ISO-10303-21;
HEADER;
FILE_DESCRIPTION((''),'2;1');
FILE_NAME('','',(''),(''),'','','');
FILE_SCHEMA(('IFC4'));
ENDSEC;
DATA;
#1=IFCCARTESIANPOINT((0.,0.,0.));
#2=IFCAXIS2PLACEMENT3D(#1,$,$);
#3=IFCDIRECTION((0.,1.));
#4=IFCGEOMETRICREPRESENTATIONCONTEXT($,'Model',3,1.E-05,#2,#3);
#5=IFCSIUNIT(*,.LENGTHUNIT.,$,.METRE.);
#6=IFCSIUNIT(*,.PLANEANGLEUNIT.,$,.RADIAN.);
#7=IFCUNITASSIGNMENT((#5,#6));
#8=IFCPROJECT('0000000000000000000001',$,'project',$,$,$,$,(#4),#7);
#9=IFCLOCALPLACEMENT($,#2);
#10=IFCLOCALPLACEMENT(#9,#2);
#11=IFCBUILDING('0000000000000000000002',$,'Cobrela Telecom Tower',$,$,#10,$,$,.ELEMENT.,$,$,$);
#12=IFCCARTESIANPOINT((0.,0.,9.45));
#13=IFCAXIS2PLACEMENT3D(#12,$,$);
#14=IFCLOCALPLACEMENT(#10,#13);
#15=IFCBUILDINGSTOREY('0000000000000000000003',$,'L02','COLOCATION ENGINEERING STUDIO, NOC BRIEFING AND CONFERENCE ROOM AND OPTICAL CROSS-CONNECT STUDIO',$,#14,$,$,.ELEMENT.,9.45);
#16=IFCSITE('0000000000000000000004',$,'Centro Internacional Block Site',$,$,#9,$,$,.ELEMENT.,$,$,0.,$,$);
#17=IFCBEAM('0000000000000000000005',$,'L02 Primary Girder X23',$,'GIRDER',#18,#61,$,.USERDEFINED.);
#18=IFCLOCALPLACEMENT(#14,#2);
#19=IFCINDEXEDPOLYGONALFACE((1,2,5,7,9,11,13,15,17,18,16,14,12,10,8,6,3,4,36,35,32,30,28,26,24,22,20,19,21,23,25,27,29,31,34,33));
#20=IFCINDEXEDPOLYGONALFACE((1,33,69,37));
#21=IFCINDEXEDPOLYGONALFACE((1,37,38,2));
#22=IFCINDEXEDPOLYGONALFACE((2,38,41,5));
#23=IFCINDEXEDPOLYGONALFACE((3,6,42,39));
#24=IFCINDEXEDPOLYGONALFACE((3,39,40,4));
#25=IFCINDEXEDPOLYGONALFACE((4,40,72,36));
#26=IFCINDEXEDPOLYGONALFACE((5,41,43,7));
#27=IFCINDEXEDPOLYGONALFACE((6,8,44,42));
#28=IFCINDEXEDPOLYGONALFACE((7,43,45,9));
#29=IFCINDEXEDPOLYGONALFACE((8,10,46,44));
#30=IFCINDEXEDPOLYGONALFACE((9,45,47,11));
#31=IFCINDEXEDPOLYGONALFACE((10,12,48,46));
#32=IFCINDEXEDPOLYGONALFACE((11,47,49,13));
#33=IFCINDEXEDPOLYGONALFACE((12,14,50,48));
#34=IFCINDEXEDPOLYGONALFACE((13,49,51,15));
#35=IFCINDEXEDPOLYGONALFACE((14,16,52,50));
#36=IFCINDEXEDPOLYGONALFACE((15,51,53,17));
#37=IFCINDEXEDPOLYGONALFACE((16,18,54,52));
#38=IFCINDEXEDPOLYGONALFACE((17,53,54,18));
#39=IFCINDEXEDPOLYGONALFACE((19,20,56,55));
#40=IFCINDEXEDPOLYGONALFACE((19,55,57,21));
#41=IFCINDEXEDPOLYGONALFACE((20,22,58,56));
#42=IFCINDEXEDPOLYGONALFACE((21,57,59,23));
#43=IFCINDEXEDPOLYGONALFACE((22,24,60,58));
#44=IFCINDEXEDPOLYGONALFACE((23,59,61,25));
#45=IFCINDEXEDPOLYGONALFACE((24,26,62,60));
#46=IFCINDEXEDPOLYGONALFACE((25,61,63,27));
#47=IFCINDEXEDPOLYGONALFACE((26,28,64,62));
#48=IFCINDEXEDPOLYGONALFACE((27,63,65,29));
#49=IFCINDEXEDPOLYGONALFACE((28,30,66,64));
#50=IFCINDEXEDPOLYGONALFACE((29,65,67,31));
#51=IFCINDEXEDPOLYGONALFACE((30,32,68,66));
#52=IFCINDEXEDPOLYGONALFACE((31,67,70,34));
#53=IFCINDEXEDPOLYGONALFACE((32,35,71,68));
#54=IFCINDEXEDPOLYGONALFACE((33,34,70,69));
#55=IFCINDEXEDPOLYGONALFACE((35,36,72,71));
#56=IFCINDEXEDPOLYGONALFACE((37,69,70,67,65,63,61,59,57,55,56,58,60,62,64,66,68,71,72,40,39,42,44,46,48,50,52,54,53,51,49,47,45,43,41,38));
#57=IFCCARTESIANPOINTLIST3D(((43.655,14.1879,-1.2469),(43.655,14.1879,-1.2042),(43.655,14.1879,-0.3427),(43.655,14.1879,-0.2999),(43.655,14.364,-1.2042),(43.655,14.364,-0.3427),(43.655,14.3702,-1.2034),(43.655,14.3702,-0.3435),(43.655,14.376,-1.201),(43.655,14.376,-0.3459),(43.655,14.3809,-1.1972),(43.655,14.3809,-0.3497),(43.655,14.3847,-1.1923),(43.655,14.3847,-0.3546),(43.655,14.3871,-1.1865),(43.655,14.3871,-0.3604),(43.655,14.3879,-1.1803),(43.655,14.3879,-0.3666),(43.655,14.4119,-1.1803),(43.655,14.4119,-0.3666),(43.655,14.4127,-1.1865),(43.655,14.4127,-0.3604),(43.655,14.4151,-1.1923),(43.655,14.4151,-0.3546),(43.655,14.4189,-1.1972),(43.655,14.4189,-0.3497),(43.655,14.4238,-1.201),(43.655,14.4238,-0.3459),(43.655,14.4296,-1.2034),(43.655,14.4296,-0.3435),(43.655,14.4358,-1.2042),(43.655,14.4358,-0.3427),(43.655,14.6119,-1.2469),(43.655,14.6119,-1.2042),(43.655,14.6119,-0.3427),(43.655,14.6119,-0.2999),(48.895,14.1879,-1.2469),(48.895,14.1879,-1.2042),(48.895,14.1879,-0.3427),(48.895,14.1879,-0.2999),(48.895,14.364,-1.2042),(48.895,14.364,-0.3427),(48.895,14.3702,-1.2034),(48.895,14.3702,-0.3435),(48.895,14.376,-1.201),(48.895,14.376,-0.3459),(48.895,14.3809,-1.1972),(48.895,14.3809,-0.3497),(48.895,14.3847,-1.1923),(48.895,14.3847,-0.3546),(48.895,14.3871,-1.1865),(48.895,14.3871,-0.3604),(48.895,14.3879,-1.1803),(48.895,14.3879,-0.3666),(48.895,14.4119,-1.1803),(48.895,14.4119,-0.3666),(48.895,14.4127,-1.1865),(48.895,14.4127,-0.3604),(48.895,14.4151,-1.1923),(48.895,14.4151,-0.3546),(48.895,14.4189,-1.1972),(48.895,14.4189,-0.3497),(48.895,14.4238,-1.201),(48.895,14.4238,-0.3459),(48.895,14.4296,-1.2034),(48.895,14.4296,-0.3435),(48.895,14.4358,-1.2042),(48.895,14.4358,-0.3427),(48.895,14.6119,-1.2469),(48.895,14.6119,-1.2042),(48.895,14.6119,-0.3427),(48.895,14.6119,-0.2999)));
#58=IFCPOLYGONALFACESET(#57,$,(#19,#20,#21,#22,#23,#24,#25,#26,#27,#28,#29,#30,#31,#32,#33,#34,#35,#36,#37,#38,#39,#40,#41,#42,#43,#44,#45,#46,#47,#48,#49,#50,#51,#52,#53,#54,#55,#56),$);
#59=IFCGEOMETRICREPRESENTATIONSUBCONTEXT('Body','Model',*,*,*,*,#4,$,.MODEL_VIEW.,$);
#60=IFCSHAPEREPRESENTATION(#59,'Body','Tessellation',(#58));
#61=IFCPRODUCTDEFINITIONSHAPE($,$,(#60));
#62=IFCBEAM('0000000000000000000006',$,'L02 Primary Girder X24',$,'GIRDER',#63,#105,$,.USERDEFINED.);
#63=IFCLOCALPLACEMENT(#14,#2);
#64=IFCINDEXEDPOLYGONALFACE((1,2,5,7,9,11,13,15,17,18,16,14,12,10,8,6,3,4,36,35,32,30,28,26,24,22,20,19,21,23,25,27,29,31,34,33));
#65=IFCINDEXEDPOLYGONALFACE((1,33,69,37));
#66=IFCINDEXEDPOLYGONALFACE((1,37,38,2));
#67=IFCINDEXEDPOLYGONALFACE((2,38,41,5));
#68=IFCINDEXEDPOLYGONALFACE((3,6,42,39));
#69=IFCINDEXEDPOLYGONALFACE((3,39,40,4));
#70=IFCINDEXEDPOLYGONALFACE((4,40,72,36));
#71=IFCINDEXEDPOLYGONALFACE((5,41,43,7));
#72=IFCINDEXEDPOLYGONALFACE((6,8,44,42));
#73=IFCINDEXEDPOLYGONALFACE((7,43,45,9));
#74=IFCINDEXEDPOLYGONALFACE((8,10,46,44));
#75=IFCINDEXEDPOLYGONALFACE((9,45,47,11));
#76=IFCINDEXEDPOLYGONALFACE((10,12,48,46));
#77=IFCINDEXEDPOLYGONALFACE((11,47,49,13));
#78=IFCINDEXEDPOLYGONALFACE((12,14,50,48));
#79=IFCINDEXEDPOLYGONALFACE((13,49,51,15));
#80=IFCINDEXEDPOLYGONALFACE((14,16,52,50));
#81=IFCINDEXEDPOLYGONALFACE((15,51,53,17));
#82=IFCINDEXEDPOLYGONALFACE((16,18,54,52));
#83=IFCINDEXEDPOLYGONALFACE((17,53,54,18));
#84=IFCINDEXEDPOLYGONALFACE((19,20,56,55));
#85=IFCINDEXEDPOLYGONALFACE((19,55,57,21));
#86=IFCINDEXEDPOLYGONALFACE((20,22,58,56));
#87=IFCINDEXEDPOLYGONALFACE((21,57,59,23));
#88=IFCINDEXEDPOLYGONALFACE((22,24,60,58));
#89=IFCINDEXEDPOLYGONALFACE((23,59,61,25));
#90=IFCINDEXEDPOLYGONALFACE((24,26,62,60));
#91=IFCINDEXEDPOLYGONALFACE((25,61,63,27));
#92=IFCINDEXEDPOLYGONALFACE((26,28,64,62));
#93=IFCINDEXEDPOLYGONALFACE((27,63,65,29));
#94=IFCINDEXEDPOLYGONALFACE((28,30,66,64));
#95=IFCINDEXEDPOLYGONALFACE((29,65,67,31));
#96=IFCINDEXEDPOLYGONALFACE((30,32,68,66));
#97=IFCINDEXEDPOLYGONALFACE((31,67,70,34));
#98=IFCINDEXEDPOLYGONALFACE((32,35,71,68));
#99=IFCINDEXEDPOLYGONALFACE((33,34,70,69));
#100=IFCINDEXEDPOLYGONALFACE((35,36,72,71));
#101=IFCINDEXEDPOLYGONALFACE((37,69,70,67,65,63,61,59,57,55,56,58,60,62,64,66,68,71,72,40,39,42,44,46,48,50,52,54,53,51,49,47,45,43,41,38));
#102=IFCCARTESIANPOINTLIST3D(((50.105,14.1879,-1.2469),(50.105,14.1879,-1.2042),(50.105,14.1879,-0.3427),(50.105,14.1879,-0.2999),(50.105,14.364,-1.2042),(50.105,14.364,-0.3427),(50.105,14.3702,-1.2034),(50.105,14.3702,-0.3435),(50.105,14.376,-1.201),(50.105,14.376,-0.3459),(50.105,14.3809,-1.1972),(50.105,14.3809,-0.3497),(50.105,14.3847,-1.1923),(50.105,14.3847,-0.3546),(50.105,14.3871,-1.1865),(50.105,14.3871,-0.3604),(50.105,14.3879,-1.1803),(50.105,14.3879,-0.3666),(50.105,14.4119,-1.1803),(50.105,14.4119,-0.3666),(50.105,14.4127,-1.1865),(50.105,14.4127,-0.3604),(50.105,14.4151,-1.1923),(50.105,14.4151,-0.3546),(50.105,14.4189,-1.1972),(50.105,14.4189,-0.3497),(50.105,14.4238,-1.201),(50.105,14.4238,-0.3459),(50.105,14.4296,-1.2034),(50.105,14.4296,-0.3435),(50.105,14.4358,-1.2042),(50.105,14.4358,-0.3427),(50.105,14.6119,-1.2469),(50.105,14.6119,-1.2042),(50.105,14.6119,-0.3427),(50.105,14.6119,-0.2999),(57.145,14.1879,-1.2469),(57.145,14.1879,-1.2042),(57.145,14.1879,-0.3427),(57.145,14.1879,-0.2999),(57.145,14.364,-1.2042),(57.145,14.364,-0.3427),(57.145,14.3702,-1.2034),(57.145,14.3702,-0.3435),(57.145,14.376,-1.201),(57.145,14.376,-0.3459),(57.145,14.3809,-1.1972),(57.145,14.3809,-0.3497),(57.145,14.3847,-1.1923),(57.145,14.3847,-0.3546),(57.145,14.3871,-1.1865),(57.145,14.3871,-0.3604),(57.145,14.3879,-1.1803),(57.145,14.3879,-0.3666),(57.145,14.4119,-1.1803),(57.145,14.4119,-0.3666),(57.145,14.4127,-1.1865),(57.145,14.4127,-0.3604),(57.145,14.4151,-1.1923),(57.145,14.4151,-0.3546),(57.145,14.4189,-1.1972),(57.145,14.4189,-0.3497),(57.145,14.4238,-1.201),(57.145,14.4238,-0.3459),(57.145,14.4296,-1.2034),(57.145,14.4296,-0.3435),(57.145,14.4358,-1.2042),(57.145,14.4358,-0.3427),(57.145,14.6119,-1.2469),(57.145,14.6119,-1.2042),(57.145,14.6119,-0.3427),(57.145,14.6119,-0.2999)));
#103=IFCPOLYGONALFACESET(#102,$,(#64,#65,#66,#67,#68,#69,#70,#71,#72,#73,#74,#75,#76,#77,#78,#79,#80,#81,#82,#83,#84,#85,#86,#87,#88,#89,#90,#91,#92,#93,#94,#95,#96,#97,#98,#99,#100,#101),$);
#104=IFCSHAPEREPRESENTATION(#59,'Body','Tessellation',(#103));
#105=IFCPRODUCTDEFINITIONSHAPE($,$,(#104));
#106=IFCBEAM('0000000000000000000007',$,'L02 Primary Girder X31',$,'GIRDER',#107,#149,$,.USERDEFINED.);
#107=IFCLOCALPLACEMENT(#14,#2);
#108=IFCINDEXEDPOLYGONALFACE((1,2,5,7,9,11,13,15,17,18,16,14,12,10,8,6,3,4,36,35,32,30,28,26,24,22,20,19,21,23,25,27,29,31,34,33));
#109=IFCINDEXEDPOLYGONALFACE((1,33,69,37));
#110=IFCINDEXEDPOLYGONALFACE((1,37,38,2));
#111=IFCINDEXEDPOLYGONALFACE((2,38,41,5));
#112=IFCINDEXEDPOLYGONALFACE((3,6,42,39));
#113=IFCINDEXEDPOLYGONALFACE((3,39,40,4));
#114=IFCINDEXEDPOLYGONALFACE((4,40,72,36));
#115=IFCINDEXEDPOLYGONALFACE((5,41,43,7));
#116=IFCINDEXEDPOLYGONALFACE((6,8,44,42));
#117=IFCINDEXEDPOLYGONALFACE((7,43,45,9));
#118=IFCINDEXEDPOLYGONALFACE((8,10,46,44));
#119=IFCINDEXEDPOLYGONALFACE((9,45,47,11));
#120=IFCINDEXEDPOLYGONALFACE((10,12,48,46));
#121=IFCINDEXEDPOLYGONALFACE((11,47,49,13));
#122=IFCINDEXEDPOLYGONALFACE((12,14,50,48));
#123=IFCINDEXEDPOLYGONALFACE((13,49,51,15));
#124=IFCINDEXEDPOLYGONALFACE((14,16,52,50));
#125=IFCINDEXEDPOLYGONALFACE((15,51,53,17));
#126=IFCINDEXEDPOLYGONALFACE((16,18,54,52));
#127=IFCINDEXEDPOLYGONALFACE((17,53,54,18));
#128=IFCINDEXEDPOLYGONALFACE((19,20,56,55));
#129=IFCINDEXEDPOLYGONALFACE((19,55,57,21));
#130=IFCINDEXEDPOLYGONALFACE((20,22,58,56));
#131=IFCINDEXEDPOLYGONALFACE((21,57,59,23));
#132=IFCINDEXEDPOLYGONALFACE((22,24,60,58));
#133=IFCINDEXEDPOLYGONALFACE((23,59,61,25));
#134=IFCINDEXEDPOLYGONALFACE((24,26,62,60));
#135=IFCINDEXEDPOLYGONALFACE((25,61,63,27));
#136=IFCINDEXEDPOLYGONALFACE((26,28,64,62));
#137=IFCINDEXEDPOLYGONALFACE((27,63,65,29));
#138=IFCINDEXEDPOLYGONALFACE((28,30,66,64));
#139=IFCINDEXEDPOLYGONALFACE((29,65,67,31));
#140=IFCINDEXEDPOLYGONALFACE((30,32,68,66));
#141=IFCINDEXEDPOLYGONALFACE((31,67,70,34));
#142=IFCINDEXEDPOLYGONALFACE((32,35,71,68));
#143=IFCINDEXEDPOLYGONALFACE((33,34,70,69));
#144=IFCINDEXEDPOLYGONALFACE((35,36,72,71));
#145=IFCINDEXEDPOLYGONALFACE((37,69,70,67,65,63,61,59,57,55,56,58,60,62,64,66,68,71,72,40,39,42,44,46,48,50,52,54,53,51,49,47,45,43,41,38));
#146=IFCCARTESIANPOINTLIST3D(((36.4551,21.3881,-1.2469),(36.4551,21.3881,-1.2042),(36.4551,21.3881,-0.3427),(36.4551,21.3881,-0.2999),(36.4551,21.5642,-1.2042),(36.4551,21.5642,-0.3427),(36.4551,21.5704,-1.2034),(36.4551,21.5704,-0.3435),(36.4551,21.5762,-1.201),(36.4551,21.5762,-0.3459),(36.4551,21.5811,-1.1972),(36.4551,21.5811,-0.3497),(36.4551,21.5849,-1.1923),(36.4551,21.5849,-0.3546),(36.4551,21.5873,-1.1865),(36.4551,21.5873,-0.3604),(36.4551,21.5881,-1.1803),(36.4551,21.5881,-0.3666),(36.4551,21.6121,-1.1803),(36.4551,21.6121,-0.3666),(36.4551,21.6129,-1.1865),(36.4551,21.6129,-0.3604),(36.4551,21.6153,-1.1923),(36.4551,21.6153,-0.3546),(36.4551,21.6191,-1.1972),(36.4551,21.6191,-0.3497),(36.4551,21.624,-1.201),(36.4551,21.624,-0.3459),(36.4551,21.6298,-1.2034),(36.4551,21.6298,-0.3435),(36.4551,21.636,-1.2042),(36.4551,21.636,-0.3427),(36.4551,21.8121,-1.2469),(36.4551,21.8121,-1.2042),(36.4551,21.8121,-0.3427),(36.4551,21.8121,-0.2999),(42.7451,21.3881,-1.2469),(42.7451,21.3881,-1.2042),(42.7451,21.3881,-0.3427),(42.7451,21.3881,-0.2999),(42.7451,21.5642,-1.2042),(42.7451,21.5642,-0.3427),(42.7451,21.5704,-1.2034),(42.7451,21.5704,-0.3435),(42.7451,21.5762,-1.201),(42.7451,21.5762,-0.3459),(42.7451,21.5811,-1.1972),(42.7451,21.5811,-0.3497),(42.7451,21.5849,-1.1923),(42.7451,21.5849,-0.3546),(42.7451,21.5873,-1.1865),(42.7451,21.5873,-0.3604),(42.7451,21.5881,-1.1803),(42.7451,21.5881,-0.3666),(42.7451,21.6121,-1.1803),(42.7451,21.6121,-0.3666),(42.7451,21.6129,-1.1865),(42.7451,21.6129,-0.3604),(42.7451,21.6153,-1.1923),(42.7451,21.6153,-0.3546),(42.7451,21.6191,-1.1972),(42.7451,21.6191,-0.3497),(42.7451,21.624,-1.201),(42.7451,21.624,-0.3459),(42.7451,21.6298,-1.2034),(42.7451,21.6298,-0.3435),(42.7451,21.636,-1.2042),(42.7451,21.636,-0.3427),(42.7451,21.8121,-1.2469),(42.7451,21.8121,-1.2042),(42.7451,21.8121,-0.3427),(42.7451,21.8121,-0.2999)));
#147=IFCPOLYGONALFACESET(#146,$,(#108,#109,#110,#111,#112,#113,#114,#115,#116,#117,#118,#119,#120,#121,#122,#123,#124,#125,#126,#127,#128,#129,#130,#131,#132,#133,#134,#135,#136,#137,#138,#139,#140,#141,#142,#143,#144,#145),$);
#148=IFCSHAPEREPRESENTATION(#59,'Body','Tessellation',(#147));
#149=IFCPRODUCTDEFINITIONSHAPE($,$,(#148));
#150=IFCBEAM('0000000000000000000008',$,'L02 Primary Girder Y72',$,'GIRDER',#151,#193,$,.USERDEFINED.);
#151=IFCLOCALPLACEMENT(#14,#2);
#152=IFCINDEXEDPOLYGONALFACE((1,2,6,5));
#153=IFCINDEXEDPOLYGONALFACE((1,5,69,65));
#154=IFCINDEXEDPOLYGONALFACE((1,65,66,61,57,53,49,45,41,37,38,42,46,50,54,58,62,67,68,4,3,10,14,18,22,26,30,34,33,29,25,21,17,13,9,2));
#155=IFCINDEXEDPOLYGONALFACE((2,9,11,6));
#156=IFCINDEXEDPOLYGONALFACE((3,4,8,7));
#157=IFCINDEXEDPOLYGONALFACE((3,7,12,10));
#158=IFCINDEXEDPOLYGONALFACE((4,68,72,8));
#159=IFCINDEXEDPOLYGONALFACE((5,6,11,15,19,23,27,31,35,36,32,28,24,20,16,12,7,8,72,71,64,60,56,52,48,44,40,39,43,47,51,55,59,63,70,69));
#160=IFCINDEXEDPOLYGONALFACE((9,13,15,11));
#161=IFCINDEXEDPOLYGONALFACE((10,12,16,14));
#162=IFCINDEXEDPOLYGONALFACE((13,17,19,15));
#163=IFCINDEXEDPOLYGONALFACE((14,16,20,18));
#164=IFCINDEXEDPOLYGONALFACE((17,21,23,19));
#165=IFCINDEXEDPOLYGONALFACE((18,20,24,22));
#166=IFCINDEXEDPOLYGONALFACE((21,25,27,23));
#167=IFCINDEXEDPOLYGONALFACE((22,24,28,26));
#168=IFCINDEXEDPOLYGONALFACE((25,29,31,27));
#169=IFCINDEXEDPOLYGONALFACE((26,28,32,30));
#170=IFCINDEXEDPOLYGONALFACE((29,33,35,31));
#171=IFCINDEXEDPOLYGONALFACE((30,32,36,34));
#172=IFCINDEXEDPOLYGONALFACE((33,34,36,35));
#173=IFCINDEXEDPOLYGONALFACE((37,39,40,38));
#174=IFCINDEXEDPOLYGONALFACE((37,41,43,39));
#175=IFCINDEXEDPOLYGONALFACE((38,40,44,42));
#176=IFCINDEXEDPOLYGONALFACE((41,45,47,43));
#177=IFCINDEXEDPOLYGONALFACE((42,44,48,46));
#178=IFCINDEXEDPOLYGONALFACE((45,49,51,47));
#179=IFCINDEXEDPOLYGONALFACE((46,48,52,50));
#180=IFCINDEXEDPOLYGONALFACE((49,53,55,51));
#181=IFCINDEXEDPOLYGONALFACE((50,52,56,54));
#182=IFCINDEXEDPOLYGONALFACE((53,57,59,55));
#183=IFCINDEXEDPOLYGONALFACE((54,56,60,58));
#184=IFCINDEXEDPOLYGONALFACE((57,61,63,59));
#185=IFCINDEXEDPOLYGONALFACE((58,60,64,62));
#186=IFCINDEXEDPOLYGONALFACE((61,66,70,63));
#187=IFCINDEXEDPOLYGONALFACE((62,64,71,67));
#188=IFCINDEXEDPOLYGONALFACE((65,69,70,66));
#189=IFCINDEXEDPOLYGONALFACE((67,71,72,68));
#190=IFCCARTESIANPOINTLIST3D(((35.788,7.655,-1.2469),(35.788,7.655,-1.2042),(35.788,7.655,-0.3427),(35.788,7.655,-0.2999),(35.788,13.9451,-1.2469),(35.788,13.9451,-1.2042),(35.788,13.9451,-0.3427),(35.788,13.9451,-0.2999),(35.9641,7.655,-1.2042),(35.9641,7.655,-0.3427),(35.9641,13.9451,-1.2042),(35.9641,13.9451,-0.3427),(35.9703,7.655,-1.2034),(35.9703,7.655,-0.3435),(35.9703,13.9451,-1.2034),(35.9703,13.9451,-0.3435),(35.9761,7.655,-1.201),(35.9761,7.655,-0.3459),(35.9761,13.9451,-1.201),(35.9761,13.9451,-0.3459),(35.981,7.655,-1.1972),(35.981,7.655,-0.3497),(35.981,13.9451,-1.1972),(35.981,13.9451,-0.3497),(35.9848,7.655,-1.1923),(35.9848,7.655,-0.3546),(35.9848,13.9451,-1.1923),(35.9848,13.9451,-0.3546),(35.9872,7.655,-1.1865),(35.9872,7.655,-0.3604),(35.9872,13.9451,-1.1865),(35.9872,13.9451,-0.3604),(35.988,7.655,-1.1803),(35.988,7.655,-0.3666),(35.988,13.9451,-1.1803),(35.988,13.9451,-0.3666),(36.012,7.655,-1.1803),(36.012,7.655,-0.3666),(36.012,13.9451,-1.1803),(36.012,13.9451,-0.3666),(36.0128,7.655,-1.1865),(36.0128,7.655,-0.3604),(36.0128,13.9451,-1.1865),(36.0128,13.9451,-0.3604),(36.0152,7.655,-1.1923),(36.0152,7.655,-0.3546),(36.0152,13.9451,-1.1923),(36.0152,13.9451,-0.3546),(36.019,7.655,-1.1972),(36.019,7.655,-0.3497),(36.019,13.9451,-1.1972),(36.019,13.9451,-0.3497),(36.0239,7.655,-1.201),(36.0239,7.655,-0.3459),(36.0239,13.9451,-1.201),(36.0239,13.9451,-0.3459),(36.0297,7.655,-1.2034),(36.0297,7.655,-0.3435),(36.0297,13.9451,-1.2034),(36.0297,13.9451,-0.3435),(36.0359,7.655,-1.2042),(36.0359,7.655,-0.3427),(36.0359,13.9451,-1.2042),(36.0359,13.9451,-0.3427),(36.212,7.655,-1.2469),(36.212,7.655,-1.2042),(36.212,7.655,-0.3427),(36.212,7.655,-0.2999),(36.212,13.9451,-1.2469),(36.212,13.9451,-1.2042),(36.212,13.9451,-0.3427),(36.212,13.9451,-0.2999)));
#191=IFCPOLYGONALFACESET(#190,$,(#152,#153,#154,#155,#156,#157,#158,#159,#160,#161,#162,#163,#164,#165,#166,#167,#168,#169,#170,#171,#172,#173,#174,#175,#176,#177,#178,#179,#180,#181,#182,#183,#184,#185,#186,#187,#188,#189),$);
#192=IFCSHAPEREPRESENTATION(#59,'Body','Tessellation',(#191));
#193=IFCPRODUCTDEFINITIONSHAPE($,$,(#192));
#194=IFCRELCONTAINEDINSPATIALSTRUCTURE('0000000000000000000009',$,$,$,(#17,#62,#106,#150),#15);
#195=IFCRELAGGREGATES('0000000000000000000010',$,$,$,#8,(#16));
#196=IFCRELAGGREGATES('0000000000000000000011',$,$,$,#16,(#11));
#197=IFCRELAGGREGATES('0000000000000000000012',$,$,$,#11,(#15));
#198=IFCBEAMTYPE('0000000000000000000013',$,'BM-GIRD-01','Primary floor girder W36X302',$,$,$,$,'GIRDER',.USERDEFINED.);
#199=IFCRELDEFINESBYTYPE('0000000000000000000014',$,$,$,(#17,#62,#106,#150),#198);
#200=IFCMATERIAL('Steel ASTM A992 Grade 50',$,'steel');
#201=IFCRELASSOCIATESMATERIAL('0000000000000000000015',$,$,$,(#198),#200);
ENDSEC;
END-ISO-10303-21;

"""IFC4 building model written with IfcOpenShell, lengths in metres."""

from ifc_helpers import new_model, si_unit, direction, frame, origin, origin_2d, place, context, subcontext, project, spatial, i_section, extrude, material, material_profile, profile_set, type_object, element, save


model = new_model("IFC4")

# Units and contexts
model_context = context("Model", 3, precision=1e-05, world=origin(), true_north=direction((0.0, 1.0)))
body_context = subcontext(model_context, "Body", "Model", "MODEL_VIEW")
ifc_project = project(units=[si_unit("LENGTHUNIT", "METRE"), si_unit("PLANEANGLEUNIT", "RADIAN")], contexts=[model_context])

# Site, building, storey
site_placement = place(None, origin())
site = spatial("IfcSite", under=ifc_project, at=site_placement, Name="Centro Internacional Block Site", CompositionType="ELEMENT", RefElevation=0.0)
building_placement = place(site_placement, origin())
building = spatial("IfcBuilding", under=site, at=building_placement, Name="Cobrela Telecom Tower", CompositionType="ELEMENT")
storey_placement = place(building_placement, frame((0.0, 0.0, 9.45)))
storey = spatial("IfcBuildingStorey", under=building, at=storey_placement, Name="L02", Description="COLOCATION ENGINEERING STUDIO, NOC BRIEFING AND CONFERENCE ROOM AND OPTICAL CROSS-CONNECT STUDIO", CompositionType="ELEMENT", Elevation=9.45)

# Beams
ifc_material_1 = material(Name="Steel ASTM A992 Grade 50", Category="steel")
ifc_material_profile_1 = material_profile(ifc_material_1, i_section(OverallWidth=0.4241, OverallDepth=0.947, WebThickness=0.0239, FlangeThickness=0.0427, FilletRadius=0.0239, at=origin_2d()), Name="W36X302")
ifc_profile_set_1 = profile_set([ifc_material_profile_1], Name="Steel ASTM A992 Grade 50")
beam_type_1 = type_object("IfcBeamType", Name="BM-GIRD-01", Description="Primary floor girder W36X302", ElementType="GIRDER", PredefinedType="USERDEFINED", material=ifc_profile_set_1)
beam_1_placement = place(storey_placement, frame((43.655, 14.3999, -0.7734), z_axis=(1.0, 0.0, 0.0), x_axis=(0.0, 1.0, 0.0)))
element("IfcBeam", 1, at=beam_1_placement, inside=storey, type_object=beam_type_1, Name="L02 Primary Girder X23", ObjectType="GIRDER", PredefinedType="USERDEFINED", context=body_context, shape_type="SweptSolid", body=[
    extrude(i_section(OverallWidth=0.4241, OverallDepth=0.947, WebThickness=0.0239, FlangeThickness=0.0427, FilletRadius=0.0239, at=origin_2d()), origin(), (0.0, 0.0, 1.0), 5.24),
])
beam_2_placement = place(storey_placement, frame((50.105, 14.3999, -0.7734), z_axis=(1.0, 0.0, 0.0), x_axis=(0.0, 1.0, 0.0)))
element("IfcBeam", 2, at=beam_2_placement, inside=storey, type_object=beam_type_1, Name="L02 Primary Girder X24", ObjectType="GIRDER", PredefinedType="USERDEFINED", context=body_context, shape_type="SweptSolid", body=[
    extrude(i_section(OverallWidth=0.4241, OverallDepth=0.947, WebThickness=0.0239, FlangeThickness=0.0427, FilletRadius=0.0239, at=origin_2d()), origin(), (0.0, 0.0, 1.0), 7.04),
])
for number, where, z_axis, x_axis, name in (
    (3, (36.4551, 21.6001, -0.7734), (1.0, 0.0, 0.0), (0.0, 1.0, 0.0), "L02 Primary Girder X31"),
    (4, (36.0, 7.655, -0.7734), (0.0, 1.0, 0.0), (-1.0, 0.0, 0.0), "L02 Primary Girder Y72"),
):
    element("IfcBeam", number, at=place(storey_placement, frame(where, z_axis=z_axis, x_axis=x_axis)), inside=storey, type_object=beam_type_1, Name=name, ObjectType="GIRDER", PredefinedType="USERDEFINED", context=body_context, shape_type="SweptSolid", body=[
        extrude(i_section(OverallWidth=0.4241, OverallDepth=0.947, WebThickness=0.0239, FlangeThickness=0.0427, FilletRadius=0.0239, at=origin_2d()), origin(), (0.0, 0.0, 1.0), 6.29),
    ])

save(model, "model.ifc")
